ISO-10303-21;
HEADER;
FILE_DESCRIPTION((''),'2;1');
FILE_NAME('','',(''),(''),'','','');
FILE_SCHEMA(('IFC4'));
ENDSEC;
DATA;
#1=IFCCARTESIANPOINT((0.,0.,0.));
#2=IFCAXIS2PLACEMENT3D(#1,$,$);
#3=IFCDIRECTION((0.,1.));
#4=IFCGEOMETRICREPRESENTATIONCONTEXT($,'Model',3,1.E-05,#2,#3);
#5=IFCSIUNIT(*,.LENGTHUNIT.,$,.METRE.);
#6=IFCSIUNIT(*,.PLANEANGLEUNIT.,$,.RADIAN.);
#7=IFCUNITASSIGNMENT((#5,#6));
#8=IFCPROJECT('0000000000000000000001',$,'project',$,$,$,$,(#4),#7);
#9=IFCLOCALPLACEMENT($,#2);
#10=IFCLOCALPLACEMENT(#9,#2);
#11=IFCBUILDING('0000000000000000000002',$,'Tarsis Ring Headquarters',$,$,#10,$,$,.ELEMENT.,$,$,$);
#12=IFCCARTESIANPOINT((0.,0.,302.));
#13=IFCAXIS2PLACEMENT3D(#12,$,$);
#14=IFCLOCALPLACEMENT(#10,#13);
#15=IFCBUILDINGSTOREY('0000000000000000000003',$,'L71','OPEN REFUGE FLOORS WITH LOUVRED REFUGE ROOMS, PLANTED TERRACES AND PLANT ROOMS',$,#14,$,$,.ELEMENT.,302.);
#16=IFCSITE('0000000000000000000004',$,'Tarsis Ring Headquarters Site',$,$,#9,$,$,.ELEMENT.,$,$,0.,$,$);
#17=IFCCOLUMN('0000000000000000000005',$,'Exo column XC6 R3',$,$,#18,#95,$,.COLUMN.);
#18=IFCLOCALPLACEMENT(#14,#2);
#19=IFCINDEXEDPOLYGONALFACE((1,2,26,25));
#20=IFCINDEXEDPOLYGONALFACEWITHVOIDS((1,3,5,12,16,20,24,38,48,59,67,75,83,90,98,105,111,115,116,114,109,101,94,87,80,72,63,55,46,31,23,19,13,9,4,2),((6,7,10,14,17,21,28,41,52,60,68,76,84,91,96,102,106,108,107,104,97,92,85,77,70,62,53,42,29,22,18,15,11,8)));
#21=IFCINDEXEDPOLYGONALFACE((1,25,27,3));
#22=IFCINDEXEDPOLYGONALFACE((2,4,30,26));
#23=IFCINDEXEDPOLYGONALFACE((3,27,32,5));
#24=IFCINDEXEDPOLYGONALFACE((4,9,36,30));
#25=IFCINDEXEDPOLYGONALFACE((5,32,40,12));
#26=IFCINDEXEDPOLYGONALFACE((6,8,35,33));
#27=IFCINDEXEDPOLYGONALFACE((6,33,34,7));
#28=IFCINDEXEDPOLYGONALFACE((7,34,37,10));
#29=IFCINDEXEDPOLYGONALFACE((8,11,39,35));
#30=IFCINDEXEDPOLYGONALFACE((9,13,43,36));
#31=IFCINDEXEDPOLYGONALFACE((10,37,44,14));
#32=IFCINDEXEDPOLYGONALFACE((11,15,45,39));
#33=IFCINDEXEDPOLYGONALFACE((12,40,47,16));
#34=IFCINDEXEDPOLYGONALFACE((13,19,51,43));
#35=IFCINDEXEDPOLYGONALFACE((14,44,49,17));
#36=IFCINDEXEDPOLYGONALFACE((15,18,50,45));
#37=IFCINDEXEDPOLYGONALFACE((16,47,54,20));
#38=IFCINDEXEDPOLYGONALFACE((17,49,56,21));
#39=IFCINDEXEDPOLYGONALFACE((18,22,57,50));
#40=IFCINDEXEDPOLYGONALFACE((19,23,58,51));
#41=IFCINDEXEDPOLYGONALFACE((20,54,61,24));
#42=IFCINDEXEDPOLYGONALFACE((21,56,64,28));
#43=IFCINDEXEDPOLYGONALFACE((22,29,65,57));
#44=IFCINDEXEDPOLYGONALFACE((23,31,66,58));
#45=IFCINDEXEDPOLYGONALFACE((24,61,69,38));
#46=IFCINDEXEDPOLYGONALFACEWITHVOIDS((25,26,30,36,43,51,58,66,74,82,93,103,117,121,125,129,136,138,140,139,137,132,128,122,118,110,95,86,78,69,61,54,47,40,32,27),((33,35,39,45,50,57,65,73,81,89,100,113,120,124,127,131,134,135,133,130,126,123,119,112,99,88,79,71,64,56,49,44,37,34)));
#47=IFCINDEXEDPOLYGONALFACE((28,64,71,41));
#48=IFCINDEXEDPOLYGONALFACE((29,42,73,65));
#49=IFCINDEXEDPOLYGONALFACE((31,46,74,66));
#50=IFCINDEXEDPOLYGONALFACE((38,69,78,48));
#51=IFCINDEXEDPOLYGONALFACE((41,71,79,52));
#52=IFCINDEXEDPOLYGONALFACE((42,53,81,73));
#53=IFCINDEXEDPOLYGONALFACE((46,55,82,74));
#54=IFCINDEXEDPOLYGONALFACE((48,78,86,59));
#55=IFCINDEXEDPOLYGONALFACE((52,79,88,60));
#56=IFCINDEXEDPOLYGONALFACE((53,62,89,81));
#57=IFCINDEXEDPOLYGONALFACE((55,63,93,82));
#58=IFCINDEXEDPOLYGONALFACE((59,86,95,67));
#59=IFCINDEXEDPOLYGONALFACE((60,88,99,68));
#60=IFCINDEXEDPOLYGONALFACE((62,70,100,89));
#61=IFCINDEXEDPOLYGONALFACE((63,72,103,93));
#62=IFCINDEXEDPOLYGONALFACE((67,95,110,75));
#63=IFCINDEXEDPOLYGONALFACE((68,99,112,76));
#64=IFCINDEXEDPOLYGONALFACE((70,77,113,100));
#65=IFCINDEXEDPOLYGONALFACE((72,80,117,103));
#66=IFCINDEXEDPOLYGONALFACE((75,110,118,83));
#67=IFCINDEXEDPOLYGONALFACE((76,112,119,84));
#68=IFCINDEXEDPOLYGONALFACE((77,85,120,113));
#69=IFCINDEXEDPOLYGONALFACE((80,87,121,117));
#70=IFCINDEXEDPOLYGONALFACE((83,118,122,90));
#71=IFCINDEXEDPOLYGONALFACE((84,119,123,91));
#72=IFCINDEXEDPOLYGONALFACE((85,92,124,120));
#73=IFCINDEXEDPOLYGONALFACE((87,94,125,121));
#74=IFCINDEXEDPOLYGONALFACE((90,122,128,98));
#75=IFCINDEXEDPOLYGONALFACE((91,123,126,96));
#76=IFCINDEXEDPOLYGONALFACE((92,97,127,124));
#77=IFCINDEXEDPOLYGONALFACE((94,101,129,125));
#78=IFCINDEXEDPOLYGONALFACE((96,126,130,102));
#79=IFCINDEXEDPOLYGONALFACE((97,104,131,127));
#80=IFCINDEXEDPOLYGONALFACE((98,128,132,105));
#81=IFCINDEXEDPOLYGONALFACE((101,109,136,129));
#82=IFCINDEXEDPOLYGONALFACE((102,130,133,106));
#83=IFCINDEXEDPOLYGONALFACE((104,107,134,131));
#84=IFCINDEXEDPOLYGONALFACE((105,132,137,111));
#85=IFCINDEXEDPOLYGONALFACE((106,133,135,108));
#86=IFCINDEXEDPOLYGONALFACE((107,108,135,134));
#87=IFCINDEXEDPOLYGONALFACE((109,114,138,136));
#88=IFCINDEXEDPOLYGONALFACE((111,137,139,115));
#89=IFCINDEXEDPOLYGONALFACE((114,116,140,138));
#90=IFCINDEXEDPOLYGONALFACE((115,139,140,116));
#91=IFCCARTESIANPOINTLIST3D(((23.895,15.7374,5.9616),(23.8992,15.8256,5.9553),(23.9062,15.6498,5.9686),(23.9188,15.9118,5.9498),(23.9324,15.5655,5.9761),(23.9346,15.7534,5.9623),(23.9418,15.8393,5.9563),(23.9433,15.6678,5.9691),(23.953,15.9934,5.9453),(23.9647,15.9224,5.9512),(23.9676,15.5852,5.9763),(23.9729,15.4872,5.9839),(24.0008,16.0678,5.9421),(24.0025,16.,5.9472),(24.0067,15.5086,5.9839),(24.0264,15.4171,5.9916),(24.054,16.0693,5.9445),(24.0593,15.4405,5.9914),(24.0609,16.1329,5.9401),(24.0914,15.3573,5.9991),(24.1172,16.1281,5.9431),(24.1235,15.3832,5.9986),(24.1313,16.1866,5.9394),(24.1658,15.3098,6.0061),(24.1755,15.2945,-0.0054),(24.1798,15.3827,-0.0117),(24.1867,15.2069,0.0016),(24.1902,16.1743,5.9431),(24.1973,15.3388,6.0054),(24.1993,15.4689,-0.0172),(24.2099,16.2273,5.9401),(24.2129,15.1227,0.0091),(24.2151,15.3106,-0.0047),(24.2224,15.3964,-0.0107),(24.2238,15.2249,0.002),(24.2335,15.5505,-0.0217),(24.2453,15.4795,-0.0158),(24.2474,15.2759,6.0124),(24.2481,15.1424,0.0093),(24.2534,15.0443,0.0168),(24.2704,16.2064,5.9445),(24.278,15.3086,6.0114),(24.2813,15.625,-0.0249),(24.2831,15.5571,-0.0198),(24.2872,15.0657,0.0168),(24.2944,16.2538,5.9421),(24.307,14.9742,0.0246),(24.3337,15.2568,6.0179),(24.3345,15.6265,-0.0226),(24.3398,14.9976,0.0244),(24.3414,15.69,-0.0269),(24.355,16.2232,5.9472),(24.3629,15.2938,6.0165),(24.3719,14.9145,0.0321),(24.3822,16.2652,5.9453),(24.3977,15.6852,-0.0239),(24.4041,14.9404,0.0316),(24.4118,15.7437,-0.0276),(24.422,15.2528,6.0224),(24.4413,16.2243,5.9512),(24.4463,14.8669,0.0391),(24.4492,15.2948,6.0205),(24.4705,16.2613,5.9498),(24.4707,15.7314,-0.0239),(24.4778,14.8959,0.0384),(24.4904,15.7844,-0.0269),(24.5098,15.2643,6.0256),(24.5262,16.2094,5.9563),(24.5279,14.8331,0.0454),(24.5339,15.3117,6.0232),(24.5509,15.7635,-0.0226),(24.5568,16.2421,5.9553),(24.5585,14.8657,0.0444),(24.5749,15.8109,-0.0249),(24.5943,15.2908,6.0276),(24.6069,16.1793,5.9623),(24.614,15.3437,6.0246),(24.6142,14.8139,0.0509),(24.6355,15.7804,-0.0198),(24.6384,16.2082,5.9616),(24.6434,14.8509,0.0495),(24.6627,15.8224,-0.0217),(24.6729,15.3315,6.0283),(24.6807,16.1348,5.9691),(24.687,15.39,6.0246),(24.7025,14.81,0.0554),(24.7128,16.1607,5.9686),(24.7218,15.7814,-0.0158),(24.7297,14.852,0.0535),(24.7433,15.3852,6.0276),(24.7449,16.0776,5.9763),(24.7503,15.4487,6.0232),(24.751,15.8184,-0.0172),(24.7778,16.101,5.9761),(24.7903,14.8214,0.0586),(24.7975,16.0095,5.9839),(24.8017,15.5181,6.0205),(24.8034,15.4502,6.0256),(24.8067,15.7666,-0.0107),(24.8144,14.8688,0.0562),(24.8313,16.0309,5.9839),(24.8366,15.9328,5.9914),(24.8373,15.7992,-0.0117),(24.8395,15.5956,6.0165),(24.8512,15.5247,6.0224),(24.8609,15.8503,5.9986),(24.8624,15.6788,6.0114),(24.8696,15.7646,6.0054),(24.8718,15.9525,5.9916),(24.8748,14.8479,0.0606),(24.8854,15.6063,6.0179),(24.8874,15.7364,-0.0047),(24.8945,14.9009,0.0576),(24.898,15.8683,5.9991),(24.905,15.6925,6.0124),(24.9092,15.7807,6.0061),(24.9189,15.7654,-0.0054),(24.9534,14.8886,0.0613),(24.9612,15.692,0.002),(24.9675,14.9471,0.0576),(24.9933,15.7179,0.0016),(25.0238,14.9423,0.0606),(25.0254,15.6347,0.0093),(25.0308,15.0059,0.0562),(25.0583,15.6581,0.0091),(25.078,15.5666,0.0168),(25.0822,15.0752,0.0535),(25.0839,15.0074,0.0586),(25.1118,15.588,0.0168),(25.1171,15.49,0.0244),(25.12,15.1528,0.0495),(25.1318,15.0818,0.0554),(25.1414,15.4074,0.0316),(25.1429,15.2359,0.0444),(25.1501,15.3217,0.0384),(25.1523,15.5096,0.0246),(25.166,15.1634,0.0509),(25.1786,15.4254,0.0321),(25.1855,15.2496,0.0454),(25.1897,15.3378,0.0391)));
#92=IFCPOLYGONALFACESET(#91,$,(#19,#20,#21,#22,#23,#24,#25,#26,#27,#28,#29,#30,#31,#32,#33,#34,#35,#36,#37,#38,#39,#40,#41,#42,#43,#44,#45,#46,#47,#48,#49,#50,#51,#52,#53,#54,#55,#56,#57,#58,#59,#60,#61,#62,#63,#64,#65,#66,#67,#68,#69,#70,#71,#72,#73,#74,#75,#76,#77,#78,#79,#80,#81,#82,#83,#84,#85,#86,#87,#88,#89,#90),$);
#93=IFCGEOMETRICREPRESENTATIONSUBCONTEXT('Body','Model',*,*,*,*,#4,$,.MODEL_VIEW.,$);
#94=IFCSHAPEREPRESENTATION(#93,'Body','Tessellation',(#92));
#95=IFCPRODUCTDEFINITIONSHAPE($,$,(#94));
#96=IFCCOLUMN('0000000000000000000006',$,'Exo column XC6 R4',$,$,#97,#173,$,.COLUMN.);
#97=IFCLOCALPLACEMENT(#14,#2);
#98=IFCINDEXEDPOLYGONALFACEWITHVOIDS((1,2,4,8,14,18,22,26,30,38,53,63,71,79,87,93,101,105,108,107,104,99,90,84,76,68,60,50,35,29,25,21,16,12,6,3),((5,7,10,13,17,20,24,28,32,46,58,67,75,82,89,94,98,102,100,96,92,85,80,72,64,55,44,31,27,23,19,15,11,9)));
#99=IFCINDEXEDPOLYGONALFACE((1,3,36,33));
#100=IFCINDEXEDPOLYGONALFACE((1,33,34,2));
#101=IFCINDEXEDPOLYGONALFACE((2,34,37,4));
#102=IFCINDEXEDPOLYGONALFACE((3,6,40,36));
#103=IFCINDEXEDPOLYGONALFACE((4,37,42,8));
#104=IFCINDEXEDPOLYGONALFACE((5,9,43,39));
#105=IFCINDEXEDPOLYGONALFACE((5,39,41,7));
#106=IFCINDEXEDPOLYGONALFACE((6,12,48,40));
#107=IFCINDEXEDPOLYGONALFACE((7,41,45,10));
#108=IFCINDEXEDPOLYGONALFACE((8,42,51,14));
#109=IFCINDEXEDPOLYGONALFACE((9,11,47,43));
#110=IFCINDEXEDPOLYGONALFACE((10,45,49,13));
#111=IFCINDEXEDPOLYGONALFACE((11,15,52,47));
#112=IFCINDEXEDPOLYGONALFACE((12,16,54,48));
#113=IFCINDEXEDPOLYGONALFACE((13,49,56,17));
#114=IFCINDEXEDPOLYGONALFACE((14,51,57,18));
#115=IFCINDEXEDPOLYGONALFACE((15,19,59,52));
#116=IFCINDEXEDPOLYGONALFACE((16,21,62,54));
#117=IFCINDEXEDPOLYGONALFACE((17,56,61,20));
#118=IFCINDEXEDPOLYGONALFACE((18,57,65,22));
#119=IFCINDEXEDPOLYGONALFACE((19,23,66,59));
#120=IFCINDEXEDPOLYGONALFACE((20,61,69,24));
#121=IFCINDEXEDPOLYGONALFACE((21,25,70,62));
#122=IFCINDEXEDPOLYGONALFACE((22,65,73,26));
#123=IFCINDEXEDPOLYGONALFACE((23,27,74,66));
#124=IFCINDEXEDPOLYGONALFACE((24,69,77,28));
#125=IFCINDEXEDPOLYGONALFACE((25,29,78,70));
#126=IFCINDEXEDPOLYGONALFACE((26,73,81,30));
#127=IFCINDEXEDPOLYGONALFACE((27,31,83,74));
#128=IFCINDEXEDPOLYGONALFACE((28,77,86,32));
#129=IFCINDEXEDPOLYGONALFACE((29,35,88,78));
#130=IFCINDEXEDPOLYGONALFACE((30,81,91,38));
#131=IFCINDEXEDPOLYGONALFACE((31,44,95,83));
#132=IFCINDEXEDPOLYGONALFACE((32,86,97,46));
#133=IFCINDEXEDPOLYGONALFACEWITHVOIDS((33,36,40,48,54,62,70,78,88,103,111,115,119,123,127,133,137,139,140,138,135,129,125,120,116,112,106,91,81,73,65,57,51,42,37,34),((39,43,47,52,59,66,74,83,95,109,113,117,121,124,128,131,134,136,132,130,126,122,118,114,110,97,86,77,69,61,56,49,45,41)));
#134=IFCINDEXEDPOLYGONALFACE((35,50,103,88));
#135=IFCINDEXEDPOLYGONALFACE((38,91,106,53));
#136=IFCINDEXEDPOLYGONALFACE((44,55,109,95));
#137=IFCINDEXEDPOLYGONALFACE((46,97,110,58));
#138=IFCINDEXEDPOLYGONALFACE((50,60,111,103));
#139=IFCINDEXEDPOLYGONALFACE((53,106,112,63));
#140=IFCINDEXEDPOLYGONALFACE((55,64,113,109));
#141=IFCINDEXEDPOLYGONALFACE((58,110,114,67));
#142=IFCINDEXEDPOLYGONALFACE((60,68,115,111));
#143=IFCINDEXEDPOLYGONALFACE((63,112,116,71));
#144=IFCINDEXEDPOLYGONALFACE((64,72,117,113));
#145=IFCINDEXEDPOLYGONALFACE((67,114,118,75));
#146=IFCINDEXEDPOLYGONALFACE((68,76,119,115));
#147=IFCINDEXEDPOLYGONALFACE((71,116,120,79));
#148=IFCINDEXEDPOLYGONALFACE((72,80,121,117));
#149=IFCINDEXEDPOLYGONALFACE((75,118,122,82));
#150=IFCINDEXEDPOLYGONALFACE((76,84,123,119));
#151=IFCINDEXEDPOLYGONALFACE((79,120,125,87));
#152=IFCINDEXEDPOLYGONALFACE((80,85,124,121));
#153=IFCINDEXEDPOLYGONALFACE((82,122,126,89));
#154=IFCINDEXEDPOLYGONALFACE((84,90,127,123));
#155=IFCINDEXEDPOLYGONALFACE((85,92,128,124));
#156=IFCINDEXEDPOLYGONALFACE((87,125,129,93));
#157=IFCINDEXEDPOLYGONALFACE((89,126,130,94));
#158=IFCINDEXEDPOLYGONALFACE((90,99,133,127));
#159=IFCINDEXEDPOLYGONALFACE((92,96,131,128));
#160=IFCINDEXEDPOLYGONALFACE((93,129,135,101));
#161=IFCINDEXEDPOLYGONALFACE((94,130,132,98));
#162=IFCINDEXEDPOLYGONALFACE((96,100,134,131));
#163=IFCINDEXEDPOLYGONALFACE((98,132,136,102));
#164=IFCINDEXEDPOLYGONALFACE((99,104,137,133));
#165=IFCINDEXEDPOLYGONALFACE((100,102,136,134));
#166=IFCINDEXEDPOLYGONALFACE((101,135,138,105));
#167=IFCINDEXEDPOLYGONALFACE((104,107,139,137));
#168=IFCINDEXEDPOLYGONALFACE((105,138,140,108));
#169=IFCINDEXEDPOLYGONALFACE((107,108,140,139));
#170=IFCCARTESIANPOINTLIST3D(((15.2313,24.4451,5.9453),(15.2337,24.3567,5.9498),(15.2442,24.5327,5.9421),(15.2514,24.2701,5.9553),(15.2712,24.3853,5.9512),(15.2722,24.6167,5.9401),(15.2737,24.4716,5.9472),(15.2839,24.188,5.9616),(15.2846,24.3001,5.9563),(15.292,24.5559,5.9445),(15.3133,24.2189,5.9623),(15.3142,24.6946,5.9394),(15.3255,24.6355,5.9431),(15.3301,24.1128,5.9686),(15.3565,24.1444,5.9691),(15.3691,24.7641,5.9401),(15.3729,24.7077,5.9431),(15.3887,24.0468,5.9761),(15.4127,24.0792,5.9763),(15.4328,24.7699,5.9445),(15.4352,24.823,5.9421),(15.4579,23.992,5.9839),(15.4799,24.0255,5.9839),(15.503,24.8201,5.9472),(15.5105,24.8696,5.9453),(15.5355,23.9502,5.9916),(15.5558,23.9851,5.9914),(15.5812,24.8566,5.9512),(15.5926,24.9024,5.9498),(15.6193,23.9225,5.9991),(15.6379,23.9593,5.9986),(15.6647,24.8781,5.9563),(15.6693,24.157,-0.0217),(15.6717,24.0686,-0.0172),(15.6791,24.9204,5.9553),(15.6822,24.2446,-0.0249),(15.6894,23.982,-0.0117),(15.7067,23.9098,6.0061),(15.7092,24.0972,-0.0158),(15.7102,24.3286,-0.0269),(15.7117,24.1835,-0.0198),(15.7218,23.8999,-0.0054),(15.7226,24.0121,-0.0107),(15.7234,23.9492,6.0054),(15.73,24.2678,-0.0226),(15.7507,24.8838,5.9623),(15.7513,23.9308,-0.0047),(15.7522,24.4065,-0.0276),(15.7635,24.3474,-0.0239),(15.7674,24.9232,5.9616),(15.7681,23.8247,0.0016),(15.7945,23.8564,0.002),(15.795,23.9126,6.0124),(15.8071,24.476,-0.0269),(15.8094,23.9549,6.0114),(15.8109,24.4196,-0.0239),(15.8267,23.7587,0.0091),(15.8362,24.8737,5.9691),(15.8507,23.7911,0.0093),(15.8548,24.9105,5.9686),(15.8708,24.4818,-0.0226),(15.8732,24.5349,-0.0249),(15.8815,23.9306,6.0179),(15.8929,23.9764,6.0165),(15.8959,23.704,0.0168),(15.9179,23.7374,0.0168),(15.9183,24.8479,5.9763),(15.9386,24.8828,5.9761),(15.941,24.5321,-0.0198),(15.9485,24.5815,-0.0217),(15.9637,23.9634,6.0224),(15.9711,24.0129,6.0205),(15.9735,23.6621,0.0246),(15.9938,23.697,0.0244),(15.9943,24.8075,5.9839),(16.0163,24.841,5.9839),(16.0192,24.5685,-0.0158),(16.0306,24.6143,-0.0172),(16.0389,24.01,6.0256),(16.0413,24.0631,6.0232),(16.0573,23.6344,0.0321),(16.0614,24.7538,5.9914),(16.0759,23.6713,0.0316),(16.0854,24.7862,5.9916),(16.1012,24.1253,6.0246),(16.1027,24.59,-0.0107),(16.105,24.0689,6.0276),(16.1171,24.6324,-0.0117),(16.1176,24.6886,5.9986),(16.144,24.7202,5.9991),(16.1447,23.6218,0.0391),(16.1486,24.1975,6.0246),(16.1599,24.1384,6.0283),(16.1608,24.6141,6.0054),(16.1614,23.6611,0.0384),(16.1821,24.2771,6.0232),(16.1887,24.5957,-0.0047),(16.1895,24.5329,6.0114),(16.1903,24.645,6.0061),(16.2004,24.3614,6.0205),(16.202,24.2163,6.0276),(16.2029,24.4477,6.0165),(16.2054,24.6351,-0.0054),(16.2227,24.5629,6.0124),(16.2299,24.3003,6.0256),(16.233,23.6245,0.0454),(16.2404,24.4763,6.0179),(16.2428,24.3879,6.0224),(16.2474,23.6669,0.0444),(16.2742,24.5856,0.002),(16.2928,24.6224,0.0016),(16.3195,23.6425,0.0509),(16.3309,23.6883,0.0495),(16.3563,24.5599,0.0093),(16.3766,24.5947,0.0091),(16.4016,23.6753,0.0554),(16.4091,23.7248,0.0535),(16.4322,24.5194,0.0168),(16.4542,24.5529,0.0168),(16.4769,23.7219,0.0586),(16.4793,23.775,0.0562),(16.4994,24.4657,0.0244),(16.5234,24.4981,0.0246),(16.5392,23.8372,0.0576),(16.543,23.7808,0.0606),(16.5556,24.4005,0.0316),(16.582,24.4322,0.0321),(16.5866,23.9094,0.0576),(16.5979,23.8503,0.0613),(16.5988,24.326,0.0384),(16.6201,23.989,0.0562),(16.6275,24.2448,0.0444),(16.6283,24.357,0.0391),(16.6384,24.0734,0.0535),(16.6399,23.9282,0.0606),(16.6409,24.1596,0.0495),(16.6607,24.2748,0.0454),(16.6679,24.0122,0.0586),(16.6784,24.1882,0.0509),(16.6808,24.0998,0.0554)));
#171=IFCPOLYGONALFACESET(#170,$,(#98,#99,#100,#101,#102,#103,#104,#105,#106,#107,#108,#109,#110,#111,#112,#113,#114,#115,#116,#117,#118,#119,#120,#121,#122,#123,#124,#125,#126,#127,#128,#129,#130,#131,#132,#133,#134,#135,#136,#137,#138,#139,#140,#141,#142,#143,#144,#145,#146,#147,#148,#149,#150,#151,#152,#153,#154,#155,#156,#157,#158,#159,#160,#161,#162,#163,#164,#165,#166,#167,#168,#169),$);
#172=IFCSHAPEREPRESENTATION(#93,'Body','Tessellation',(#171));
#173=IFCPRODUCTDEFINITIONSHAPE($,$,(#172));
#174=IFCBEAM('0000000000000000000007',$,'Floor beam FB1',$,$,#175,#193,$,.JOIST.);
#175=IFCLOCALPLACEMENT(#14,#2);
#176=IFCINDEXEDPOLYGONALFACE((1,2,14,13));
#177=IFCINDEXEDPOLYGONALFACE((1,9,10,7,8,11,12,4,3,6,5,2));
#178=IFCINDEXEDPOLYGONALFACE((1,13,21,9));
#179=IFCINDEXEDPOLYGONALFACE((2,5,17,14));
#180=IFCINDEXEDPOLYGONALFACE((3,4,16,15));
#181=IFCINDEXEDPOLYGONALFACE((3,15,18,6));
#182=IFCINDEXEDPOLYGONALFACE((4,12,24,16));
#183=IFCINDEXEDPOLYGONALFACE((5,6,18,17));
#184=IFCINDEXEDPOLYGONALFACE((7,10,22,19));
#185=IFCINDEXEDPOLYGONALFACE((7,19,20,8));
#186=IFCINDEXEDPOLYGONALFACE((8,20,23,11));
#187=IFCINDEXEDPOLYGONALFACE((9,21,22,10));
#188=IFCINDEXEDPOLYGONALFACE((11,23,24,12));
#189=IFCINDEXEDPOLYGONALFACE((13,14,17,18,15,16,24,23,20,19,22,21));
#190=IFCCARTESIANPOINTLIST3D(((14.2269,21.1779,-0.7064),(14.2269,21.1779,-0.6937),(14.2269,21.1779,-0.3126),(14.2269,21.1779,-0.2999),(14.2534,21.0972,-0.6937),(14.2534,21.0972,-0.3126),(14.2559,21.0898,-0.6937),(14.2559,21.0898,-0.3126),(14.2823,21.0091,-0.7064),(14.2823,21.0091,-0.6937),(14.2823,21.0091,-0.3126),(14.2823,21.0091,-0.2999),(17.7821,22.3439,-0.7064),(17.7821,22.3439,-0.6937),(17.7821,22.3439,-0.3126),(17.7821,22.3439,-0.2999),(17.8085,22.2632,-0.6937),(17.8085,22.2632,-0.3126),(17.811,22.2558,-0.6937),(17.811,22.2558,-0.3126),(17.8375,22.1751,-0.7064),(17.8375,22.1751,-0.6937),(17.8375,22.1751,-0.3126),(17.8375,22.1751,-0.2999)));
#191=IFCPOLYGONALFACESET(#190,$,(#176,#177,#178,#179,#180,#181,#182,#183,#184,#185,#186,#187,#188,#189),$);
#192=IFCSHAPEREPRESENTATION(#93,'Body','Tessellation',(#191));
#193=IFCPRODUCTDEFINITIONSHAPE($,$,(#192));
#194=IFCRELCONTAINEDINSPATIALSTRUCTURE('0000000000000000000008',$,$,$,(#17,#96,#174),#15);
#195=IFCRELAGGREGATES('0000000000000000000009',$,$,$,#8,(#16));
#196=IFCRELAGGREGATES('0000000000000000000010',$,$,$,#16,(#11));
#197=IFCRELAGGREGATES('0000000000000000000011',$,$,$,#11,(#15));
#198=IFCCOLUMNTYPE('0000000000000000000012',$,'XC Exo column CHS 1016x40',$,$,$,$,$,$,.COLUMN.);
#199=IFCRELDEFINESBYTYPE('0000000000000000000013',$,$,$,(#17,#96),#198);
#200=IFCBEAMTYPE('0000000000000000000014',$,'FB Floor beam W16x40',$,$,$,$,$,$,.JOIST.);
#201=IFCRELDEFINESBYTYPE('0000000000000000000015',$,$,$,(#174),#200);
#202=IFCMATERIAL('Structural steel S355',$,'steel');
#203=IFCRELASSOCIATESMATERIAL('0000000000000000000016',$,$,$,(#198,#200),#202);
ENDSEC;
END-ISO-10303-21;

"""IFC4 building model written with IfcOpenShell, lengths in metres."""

from ifc_helpers import new_model, si_unit, direction, frame, origin, origin_2d, place, context, subcontext, project, spatial, hollow_circle, i_section, extrude, material, material_profile, profile_set, type_object, element, save


model = new_model("IFC4")

# Units and contexts
model_context = context("Model", 3, precision=1e-05, world=origin(), true_north=direction((0.0, 1.0)))
body_context = subcontext(model_context, "Body", "Model", "MODEL_VIEW")
ifc_project = project(units=[si_unit("LENGTHUNIT", "METRE"), si_unit("PLANEANGLEUNIT", "RADIAN")], contexts=[model_context])

# Site, building, storey
site_placement = place(None, origin())
site = spatial("IfcSite", under=ifc_project, at=site_placement, Name="Tarsis Ring Headquarters Site", CompositionType="ELEMENT", RefElevation=0.0)
building_placement = place(site_placement, origin())
building = spatial("IfcBuilding", under=site, at=building_placement, Name="Tarsis Ring Headquarters", CompositionType="ELEMENT")
storey_placement = place(building_placement, frame((0.0, 0.0, 302.0)))
storey = spatial("IfcBuildingStorey", under=building, at=storey_placement, Name="L71", Description="OPEN REFUGE FLOORS WITH LOUVRED REFUGE ROOMS, PLANTED TERRACES AND PLANT ROOMS", CompositionType="ELEMENT", Elevation=302.0)

# Columns
ifc_material_1 = material(Name="Structural steel S355", Category="steel")
ifc_material_profile_1 = material_profile(ifc_material_1, hollow_circle(Radius=0.5081, WallThickness=0.04, at=origin_2d()), Name="CHS 1016x40")
ifc_profile_set_1 = profile_set([ifc_material_profile_1], Name="Structural steel S355")
column_type = type_object("IfcColumnType", Name="XC Exo column CHS 1016x40", PredefinedType="COLUMN", material=ifc_profile_set_1)
for number, where, z_axis, x_axis, name in (
    (1, (24.6826, 15.3162, 0.0168), (-0.046831, 0.073935, 0.996163), (-0.844791, -0.535096, 0.0), "Exo column XC6 R3"),
    (2, (16.175, 24.1284, 0.0168), (-0.07312, 0.048094, 0.996163), (-0.549531, -0.835473, 0.0), "Exo column XC6 R4"),
):
    element("IfcColumn", number, at=place(storey_placement, frame(where, z_axis=z_axis, x_axis=x_axis)), inside=storey, type_object=column_type, Name=name, PredefinedType="COLUMN", context=body_context, shape_type="SweptSolid", body=[
        extrude(hollow_circle(Radius=0.5081, WallThickness=0.04, at=origin_2d()), origin(), (0.0, 0.0, 1.0), 5.99),
    ])

# Beam
ifc_material_profile_2 = material_profile(ifc_material_1, i_section(OverallWidth=0.1777, OverallDepth=0.4065, WebThickness=0.0078, FlangeThickness=0.0127, at=origin_2d()), Name="W16x40")
ifc_profile_set_2 = profile_set([ifc_material_profile_2], Name="Structural steel S355")
beam_type_1 = type_object("IfcBeamType", Name="FB Floor beam W16x40", PredefinedType="JOIST", material=ifc_profile_set_2)
for number, where, z_axis, x_axis, name in (
    (3, (14.2546, 21.0935, -0.5032), (0.950199, 0.311643, 0.0), (-0.311643, 0.950199, 0.0), "Floor beam FB1"),
):
    element("IfcBeam", number, at=place(storey_placement, frame(where, z_axis=z_axis, x_axis=x_axis)), inside=storey, type_object=beam_type_1, Name=name, PredefinedType="JOIST", context=body_context, shape_type="SweptSolid", body=[
        extrude(i_section(OverallWidth=0.1777, OverallDepth=0.4065, WebThickness=0.0078, FlangeThickness=0.0127, at=origin_2d()), origin(), (0.0, 0.0, 1.0), 3.7415),
    ])

save(model, "model.ifc")
